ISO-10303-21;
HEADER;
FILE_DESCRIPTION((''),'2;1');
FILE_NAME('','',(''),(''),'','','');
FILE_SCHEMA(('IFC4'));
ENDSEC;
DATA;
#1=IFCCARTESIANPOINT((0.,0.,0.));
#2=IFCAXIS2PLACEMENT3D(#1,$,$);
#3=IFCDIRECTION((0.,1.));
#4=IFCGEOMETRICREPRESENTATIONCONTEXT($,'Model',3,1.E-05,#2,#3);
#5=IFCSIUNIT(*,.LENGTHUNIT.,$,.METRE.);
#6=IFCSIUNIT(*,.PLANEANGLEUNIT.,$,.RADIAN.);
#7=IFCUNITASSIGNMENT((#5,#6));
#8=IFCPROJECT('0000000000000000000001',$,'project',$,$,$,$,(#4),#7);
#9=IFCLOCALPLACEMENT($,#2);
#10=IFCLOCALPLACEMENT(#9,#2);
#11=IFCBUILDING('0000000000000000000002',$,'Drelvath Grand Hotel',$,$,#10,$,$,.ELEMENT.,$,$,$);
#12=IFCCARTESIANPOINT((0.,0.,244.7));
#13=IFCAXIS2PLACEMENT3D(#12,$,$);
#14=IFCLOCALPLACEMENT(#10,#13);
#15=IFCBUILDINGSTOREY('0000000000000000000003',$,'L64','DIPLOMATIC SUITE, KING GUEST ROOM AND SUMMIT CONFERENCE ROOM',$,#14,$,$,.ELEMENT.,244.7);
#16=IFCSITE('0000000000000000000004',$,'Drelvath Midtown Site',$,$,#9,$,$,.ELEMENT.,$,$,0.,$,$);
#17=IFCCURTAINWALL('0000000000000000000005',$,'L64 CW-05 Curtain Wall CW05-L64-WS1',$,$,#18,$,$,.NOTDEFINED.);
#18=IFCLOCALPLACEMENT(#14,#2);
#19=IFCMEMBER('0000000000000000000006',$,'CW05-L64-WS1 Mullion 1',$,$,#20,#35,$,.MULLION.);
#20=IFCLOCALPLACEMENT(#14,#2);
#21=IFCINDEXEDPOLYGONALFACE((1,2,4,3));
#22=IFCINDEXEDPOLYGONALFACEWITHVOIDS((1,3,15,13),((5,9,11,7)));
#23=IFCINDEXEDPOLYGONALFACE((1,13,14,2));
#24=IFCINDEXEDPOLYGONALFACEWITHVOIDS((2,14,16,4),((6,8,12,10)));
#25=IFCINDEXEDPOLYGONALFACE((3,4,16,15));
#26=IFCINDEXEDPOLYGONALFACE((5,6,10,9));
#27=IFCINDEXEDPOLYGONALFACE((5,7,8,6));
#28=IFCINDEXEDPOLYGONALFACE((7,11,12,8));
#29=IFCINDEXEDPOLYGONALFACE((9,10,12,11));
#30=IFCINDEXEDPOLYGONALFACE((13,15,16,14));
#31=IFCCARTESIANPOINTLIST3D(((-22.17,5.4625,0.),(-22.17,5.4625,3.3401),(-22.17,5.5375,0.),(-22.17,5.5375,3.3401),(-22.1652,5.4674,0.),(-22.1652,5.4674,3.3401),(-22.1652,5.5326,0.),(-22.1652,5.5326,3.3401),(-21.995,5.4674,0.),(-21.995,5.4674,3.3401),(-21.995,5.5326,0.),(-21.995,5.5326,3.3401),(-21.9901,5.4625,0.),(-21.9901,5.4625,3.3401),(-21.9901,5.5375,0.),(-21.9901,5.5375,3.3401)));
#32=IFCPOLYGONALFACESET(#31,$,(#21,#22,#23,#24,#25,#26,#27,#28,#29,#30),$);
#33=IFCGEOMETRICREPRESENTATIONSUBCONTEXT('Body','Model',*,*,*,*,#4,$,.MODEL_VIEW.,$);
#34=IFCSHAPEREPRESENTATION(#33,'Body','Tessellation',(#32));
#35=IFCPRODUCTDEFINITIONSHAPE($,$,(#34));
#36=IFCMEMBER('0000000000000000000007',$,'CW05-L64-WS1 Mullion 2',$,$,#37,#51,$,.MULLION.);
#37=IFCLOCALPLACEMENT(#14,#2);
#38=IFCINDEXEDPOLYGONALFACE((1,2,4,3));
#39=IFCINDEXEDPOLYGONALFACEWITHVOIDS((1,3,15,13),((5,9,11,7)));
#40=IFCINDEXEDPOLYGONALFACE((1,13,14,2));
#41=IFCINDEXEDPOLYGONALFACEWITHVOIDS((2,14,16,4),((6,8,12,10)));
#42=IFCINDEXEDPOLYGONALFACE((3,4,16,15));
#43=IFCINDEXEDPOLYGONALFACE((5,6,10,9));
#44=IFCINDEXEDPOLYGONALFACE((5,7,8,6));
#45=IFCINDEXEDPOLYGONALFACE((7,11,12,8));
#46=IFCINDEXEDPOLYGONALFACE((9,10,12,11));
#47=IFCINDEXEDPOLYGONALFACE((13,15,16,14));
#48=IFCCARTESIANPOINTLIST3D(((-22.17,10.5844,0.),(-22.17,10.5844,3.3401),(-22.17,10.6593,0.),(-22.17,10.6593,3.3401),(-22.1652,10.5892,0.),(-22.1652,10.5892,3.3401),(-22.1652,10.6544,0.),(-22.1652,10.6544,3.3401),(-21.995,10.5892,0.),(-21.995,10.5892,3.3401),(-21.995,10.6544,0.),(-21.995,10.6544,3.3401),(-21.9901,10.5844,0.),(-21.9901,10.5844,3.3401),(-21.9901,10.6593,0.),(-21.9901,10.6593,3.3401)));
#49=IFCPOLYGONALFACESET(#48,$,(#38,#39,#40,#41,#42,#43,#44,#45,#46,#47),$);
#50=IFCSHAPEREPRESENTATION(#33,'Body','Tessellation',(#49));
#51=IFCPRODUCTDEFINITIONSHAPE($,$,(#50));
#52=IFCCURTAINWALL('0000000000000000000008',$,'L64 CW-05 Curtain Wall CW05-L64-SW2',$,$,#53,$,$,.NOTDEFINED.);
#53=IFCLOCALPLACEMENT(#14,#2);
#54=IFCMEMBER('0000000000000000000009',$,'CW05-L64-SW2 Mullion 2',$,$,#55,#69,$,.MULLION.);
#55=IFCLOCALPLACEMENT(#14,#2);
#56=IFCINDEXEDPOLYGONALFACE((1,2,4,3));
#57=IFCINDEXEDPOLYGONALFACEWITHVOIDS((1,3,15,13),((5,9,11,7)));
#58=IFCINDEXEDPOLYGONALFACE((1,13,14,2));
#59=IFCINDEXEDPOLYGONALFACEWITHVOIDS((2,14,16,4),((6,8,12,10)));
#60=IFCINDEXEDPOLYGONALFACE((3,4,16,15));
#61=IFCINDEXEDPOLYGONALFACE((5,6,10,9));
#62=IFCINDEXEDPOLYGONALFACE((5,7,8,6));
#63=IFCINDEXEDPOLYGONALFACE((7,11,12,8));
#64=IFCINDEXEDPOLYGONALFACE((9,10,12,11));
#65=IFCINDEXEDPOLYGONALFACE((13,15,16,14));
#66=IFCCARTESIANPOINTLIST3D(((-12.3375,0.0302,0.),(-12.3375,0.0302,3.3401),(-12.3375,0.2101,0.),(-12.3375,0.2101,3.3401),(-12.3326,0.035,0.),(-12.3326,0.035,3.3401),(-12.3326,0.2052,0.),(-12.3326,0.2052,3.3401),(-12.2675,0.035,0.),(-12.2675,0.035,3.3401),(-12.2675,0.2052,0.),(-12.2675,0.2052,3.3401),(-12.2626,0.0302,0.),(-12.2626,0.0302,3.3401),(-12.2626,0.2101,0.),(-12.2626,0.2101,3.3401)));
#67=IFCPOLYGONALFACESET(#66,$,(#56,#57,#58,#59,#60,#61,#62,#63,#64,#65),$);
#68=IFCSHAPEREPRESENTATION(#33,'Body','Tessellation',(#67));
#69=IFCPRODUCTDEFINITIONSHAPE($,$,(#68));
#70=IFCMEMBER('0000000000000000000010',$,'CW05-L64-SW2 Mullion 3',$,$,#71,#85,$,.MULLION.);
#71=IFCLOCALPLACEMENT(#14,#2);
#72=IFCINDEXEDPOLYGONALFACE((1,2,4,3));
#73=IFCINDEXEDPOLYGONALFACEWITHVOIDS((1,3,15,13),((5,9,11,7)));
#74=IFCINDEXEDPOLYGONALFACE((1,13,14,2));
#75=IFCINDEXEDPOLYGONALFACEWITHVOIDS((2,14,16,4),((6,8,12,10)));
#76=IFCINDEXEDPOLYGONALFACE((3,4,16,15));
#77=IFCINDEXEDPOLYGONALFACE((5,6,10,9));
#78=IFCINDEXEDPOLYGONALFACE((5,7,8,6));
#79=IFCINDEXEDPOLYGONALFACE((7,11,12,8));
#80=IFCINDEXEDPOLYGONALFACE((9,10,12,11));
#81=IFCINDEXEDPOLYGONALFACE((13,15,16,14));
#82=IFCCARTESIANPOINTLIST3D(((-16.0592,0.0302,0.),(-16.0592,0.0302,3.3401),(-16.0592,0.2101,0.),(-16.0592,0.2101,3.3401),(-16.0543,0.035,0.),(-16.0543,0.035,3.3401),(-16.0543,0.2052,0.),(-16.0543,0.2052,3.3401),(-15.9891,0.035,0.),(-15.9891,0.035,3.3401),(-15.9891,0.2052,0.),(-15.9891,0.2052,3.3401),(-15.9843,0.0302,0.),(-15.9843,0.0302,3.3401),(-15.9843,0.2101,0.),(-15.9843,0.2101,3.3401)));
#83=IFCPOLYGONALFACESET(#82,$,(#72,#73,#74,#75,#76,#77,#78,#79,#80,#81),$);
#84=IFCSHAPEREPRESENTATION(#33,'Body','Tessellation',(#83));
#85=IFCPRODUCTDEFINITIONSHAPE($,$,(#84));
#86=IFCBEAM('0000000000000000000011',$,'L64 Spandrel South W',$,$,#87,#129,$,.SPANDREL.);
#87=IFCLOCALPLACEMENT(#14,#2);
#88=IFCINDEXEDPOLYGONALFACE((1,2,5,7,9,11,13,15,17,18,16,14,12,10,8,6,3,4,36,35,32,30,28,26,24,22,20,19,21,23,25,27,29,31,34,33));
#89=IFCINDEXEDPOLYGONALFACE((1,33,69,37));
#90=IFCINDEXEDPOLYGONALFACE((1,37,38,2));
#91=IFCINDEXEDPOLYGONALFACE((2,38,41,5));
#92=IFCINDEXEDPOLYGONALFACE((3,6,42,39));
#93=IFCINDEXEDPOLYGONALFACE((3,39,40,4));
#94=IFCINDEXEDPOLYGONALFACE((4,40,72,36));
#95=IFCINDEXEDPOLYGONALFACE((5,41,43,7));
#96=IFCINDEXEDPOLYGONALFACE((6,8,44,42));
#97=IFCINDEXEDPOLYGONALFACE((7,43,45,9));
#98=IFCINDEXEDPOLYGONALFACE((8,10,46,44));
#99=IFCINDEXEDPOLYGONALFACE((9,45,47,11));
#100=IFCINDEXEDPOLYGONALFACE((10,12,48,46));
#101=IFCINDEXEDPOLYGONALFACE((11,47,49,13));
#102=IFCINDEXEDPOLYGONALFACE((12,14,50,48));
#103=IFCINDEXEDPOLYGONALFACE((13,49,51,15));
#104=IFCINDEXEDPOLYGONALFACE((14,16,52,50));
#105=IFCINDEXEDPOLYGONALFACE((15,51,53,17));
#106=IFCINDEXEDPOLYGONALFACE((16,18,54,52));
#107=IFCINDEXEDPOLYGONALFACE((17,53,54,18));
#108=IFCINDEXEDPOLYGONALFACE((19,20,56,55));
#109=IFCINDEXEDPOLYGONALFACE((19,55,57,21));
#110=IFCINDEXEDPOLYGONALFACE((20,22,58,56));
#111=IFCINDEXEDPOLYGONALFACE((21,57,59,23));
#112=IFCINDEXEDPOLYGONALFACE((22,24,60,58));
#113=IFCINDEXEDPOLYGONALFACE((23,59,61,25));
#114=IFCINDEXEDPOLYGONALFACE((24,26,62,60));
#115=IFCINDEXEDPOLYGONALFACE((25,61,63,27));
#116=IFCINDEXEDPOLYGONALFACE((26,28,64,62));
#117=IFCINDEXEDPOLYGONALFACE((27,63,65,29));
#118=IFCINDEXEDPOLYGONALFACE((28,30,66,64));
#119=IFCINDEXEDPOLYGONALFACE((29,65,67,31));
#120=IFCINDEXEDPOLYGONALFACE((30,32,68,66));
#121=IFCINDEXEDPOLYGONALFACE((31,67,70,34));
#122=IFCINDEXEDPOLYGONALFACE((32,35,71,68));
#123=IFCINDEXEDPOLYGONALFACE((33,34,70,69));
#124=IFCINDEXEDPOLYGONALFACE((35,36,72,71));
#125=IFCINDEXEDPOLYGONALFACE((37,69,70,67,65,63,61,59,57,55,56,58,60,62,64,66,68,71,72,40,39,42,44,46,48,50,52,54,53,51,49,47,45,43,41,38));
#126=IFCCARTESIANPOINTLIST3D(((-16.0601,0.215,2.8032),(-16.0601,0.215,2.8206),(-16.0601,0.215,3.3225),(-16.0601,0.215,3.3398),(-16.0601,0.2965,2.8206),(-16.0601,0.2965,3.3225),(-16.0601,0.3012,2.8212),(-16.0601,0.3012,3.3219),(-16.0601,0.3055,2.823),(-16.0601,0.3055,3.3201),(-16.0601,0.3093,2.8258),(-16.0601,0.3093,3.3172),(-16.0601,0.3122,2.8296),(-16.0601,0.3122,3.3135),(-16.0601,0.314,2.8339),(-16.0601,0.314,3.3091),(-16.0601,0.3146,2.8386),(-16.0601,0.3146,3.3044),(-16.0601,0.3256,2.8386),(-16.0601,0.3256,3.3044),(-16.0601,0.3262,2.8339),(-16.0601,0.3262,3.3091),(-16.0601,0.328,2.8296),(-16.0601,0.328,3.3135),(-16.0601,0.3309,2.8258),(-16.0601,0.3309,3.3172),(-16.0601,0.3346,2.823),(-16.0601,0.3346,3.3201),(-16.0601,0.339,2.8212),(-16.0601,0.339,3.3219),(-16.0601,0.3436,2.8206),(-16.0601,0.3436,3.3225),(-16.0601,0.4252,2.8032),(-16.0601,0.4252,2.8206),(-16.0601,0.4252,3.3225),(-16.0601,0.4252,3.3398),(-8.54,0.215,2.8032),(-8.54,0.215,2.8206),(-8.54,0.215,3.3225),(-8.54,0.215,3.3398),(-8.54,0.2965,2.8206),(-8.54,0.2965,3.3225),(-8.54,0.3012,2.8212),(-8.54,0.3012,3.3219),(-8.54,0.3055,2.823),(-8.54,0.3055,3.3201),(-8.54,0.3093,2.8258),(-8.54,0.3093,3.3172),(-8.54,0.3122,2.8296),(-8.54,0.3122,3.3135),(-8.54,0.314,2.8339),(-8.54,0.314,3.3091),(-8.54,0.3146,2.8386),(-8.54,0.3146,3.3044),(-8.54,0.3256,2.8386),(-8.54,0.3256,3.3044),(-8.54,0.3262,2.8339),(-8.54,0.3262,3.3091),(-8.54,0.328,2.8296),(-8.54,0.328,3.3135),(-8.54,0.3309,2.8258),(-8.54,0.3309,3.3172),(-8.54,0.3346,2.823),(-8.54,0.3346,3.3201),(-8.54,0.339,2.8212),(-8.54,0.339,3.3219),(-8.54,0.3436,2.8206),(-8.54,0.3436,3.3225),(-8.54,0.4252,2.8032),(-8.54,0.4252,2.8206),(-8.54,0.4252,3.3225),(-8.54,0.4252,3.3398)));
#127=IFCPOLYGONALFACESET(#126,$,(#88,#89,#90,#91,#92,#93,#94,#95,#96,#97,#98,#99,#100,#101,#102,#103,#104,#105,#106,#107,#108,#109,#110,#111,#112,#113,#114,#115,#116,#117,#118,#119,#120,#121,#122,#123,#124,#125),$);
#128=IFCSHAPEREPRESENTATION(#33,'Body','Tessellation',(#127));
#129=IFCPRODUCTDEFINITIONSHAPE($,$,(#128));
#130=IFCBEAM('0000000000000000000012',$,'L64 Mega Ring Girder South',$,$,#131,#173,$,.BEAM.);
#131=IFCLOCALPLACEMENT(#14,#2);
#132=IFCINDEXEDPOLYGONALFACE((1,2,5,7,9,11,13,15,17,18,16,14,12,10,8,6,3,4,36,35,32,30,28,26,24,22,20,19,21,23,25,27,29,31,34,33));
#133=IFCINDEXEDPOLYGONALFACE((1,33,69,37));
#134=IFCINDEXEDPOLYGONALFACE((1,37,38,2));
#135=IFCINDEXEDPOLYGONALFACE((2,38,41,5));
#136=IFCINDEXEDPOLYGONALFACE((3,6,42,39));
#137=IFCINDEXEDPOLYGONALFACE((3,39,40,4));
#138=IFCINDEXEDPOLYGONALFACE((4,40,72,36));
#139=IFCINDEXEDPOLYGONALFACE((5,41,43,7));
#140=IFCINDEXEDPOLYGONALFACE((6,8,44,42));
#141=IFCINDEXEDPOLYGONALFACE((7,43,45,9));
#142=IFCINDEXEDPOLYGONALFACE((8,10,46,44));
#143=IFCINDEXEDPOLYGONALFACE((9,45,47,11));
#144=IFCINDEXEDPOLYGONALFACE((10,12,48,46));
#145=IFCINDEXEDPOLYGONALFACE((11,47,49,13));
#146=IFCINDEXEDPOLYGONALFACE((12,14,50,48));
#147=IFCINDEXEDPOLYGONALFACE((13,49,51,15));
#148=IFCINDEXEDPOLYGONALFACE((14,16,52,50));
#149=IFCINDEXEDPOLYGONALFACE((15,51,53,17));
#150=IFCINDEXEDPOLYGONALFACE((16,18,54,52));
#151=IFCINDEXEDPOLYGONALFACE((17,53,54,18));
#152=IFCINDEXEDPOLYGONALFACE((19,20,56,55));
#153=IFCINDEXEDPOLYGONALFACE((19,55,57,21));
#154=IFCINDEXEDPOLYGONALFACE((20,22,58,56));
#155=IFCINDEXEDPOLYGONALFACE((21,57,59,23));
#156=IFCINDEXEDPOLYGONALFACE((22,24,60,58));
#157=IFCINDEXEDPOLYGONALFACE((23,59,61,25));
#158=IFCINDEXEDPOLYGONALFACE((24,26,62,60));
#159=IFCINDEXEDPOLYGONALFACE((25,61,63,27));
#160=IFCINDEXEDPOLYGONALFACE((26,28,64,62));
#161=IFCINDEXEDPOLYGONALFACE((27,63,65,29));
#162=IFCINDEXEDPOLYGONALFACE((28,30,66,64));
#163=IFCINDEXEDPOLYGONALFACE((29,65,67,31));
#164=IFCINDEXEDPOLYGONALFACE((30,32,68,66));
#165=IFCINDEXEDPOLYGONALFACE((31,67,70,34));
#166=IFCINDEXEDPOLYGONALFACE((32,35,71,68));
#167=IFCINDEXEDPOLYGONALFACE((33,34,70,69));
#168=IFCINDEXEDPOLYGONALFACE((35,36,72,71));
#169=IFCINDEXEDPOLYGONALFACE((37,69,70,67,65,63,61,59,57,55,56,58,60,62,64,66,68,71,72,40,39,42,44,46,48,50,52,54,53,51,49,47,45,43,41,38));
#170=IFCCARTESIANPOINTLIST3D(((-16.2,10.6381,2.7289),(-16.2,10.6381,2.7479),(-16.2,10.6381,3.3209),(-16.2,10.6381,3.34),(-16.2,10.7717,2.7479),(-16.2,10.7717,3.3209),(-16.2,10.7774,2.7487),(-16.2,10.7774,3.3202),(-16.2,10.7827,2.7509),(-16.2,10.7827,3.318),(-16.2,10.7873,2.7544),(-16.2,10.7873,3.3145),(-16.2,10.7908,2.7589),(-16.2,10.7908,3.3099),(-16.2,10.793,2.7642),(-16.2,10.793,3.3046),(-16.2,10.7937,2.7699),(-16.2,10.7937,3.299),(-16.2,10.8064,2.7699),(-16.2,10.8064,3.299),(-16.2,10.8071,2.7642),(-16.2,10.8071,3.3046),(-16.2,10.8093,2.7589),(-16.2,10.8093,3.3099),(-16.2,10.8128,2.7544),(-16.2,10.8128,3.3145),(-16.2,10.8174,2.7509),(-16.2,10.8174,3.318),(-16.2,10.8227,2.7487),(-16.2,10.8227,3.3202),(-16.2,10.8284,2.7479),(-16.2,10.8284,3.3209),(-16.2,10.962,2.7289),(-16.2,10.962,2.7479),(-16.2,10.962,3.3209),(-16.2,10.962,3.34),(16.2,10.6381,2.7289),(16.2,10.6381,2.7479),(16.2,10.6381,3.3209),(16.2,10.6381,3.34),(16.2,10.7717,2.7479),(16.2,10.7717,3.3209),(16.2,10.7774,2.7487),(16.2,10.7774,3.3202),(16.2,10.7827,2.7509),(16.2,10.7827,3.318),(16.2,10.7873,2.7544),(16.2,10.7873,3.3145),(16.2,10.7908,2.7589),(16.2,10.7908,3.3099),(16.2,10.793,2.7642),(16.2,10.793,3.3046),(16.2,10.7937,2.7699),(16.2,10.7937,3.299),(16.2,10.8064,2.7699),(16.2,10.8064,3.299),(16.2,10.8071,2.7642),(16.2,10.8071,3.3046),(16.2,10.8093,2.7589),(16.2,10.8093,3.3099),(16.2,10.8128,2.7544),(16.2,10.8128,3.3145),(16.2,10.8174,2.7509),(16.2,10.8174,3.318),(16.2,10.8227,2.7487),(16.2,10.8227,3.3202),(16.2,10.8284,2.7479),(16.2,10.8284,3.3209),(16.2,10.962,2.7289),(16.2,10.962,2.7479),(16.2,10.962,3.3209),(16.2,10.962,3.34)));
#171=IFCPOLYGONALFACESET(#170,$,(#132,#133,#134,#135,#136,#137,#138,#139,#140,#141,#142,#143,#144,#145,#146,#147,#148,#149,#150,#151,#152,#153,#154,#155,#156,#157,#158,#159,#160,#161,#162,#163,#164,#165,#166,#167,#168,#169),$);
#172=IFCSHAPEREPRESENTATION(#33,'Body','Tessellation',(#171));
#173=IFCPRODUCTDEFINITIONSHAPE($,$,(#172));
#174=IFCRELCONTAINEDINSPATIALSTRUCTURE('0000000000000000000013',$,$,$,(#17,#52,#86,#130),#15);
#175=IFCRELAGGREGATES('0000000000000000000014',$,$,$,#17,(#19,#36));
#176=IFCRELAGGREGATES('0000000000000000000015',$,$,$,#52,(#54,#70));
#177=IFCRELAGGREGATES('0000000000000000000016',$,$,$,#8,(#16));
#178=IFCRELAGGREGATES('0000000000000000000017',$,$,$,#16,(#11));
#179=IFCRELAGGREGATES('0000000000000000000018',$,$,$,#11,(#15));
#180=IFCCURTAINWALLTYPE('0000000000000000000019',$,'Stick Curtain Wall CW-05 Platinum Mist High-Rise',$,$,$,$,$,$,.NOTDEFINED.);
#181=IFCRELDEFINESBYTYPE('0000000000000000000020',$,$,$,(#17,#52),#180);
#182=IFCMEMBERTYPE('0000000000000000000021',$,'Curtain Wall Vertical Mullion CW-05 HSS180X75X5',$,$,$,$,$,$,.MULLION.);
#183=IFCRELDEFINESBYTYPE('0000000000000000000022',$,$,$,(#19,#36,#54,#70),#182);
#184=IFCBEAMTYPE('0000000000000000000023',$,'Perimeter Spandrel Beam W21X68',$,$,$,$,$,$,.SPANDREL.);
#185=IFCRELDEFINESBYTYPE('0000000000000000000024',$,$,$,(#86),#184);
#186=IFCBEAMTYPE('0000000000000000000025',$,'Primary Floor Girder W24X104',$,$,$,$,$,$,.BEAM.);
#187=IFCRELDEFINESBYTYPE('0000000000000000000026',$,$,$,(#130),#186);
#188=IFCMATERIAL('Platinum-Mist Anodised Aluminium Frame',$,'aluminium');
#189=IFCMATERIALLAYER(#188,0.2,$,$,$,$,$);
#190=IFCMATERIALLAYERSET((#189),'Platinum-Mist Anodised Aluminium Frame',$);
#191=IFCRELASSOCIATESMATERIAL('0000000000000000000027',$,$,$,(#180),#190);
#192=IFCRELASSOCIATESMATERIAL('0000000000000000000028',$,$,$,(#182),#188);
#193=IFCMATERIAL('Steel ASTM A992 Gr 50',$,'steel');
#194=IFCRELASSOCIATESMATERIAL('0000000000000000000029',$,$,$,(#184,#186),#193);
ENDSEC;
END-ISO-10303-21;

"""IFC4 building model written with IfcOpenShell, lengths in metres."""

from ifc_helpers import new_model, si_unit, direction, frame, origin, origin_2d, place, context, subcontext, project, spatial, hollow_rectangle, i_section, extrude, material, layer, layer_set, material_profile, profile_set, type_object, element, aggregate, save


model = new_model("IFC4")

# Units and contexts
model_context = context("Model", 3, precision=1e-05, world=origin(), true_north=direction((0.0, 1.0)))
body_context = subcontext(model_context, "Body", "Model", "MODEL_VIEW")
ifc_project = project(units=[si_unit("LENGTHUNIT", "METRE"), si_unit("PLANEANGLEUNIT", "RADIAN")], contexts=[model_context])

# Site, building, storey
site_placement = place(None, origin())
site = spatial("IfcSite", under=ifc_project, at=site_placement, Name="Drelvath Midtown Site", CompositionType="ELEMENT", RefElevation=0.0)
building_placement = place(site_placement, origin())
building = spatial("IfcBuilding", under=site, at=building_placement, Name="Drelvath Grand Hotel", CompositionType="ELEMENT")
storey_placement = place(building_placement, frame((0.0, 0.0, 244.7)))
storey = spatial("IfcBuildingStorey", under=building, at=storey_placement, Name="L64", Description="DIPLOMATIC SUITE, KING GUEST ROOM AND SUMMIT CONFERENCE ROOM", CompositionType="ELEMENT", Elevation=244.7)

# Shared definitions
ifc_material_1 = material(Name="Steel ASTM A992 Gr 50", Category="steel")

# Curtain walls, members
ifc_material_2 = material(Name="Platinum-Mist Anodised Aluminium Frame", Category="aluminium")
ifc_layer_1 = layer(ifc_material_2, 0.2)
ifc_layer_set_1 = layer_set([ifc_layer_1], Name="Platinum-Mist Anodised Aluminium Frame")
curtain_wall_type = type_object("IfcCurtainWallType", Name="Stick Curtain Wall CW-05 Platinum Mist High-Rise", PredefinedType="NOTDEFINED", material=ifc_layer_set_1)
curtain_wall_1_placement = place(storey_placement, origin())
curtain_wall_1 = element("IfcCurtainWall", 1, at=curtain_wall_1_placement, inside=storey, type_object=curtain_wall_type, Name="L64 CW-05 Curtain Wall CW05-L64-WS1", PredefinedType="NOTDEFINED")
ifc_material_profile_1 = material_profile(ifc_material_2, hollow_rectangle(XDim=0.075, YDim=0.1799, WallThickness=0.0049, at=origin_2d()), Name="HSS180X75X5")
ifc_profile_set_1 = profile_set([ifc_material_profile_1], Name="Platinum-Mist Anodised Aluminium Frame")
member_type_1 = type_object("IfcMemberType", Name="Curtain Wall Vertical Mullion CW-05 HSS180X75X5", PredefinedType="MULLION", material=ifc_profile_set_1)
member_1_placement = place(storey_placement, frame((-22.0801, 5.5, 0.0), z_axis=(0.0, 0.0, 1.0), x_axis=(0.0, 1.0, 0.0)))
member_1 = element("IfcMember", 2, at=member_1_placement, type_object=member_type_1, Name="CW05-L64-WS1 Mullion 1", PredefinedType="MULLION", context=body_context, shape_type="SweptSolid", body=[
    extrude(hollow_rectangle(XDim=0.075, YDim=0.1799, WallThickness=0.0049, at=origin_2d()), origin(), (0.0, 0.0, 1.0), 3.3401),
])
member_2_placement = place(storey_placement, frame((-22.0801, 10.6218, 0.0), z_axis=(0.0, 0.0, 1.0), x_axis=(0.0, 1.0, 0.0)))
member_2 = element("IfcMember", 3, at=member_2_placement, type_object=member_type_1, Name="CW05-L64-WS1 Mullion 2", PredefinedType="MULLION", context=body_context, shape_type="SweptSolid", body=[
    extrude(hollow_rectangle(XDim=0.075, YDim=0.1799, WallThickness=0.0049, at=origin_2d()), origin(), (0.0, 0.0, 1.0), 3.3401),
])
curtain_wall_2_placement = place(storey_placement, origin())
curtain_wall_2 = element("IfcCurtainWall", 4, at=curtain_wall_2_placement, inside=storey, type_object=curtain_wall_type, Name="L64 CW-05 Curtain Wall CW05-L64-SW2", PredefinedType="NOTDEFINED")
member_3_placement = place(storey_placement, frame((-12.3, 0.1201, 0.0), z_axis=(0.0, 0.0, 1.0), x_axis=(1.0, 0.0, 0.0)))
member_3 = element("IfcMember", 5, at=member_3_placement, type_object=member_type_1, Name="CW05-L64-SW2 Mullion 2", PredefinedType="MULLION", context=body_context, shape_type="SweptSolid", body=[
    extrude(hollow_rectangle(XDim=0.075, YDim=0.1799, WallThickness=0.0049, at=origin_2d()), origin(), (0.0, 0.0, 1.0), 3.3401),
])
member_4_placement = place(storey_placement, frame((-16.0217, 0.1201, 0.0), z_axis=(0.0, 0.0, 1.0), x_axis=(1.0, 0.0, 0.0)))
member_4 = element("IfcMember", 6, at=member_4_placement, type_object=member_type_1, Name="CW05-L64-SW2 Mullion 3", PredefinedType="MULLION", context=body_context, shape_type="SweptSolid", body=[
    extrude(hollow_rectangle(XDim=0.075, YDim=0.1799, WallThickness=0.0049, at=origin_2d()), origin(), (0.0, 0.0, 1.0), 3.3401),
])

# Beams
ifc_material_profile_2 = material_profile(ifc_material_1, i_section(OverallWidth=0.2102, OverallDepth=0.5366, WebThickness=0.011, FlangeThickness=0.0173, FilletRadius=0.0181, at=origin_2d()), Name="W21X68")
ifc_profile_set_2 = profile_set([ifc_material_profile_2], Name="Steel ASTM A992 Gr 50")
beam_type_1 = type_object("IfcBeamType", Name="Perimeter Spandrel Beam W21X68", PredefinedType="SPANDREL", material=ifc_profile_set_2)
beam_1_placement = place(storey_placement, frame((-16.0601, 0.3201, 3.0715), z_axis=(1.0, 0.0, 0.0), x_axis=(0.0, 1.0, 0.0)))
element("IfcBeam", 7, at=beam_1_placement, inside=storey, type_object=beam_type_1, Name="L64 Spandrel South W", PredefinedType="SPANDREL", context=body_context, shape_type="SweptSolid", body=[
    extrude(i_section(OverallWidth=0.2102, OverallDepth=0.5366, WebThickness=0.011, FlangeThickness=0.0173, FilletRadius=0.0181, at=origin_2d()), origin(), (0.0, 0.0, 1.0), 7.52),
])
ifc_material_profile_3 = material_profile(ifc_material_1, i_section(OverallWidth=0.324, OverallDepth=0.6111, WebThickness=0.0127, FlangeThickness=0.019, FilletRadius=0.022, at=origin_2d()), Name="W24X104")
ifc_profile_set_3 = profile_set([ifc_material_profile_3], Name="Steel ASTM A992 Gr 50")
beam_type_2 = type_object("IfcBeamType", Name="Primary Floor Girder W24X104", PredefinedType="BEAM", material=ifc_profile_set_3)
for number, where, z_axis, x_axis, name in (
    (8, (-16.2, 10.8, 3.0344), (1.0, 0.0, 0.0), (0.0, 1.0, 0.0), "L64 Mega Ring Girder South"),
):
    element("IfcBeam", number, at=place(storey_placement, frame(where, z_axis=z_axis, x_axis=x_axis)), inside=storey, type_object=beam_type_2, Name=name, PredefinedType="BEAM", context=body_context, shape_type="SweptSolid", body=[
        extrude(i_section(OverallWidth=0.324, OverallDepth=0.6111, WebThickness=0.0127, FlangeThickness=0.019, FilletRadius=0.022, at=origin_2d()), origin(), (0.0, 0.0, 1.0), 32.3999),
    ])

aggregate(curtain_wall_1, [member_1, member_2])
aggregate(curtain_wall_2, [member_3, member_4])

save(model, "model.ifc")
